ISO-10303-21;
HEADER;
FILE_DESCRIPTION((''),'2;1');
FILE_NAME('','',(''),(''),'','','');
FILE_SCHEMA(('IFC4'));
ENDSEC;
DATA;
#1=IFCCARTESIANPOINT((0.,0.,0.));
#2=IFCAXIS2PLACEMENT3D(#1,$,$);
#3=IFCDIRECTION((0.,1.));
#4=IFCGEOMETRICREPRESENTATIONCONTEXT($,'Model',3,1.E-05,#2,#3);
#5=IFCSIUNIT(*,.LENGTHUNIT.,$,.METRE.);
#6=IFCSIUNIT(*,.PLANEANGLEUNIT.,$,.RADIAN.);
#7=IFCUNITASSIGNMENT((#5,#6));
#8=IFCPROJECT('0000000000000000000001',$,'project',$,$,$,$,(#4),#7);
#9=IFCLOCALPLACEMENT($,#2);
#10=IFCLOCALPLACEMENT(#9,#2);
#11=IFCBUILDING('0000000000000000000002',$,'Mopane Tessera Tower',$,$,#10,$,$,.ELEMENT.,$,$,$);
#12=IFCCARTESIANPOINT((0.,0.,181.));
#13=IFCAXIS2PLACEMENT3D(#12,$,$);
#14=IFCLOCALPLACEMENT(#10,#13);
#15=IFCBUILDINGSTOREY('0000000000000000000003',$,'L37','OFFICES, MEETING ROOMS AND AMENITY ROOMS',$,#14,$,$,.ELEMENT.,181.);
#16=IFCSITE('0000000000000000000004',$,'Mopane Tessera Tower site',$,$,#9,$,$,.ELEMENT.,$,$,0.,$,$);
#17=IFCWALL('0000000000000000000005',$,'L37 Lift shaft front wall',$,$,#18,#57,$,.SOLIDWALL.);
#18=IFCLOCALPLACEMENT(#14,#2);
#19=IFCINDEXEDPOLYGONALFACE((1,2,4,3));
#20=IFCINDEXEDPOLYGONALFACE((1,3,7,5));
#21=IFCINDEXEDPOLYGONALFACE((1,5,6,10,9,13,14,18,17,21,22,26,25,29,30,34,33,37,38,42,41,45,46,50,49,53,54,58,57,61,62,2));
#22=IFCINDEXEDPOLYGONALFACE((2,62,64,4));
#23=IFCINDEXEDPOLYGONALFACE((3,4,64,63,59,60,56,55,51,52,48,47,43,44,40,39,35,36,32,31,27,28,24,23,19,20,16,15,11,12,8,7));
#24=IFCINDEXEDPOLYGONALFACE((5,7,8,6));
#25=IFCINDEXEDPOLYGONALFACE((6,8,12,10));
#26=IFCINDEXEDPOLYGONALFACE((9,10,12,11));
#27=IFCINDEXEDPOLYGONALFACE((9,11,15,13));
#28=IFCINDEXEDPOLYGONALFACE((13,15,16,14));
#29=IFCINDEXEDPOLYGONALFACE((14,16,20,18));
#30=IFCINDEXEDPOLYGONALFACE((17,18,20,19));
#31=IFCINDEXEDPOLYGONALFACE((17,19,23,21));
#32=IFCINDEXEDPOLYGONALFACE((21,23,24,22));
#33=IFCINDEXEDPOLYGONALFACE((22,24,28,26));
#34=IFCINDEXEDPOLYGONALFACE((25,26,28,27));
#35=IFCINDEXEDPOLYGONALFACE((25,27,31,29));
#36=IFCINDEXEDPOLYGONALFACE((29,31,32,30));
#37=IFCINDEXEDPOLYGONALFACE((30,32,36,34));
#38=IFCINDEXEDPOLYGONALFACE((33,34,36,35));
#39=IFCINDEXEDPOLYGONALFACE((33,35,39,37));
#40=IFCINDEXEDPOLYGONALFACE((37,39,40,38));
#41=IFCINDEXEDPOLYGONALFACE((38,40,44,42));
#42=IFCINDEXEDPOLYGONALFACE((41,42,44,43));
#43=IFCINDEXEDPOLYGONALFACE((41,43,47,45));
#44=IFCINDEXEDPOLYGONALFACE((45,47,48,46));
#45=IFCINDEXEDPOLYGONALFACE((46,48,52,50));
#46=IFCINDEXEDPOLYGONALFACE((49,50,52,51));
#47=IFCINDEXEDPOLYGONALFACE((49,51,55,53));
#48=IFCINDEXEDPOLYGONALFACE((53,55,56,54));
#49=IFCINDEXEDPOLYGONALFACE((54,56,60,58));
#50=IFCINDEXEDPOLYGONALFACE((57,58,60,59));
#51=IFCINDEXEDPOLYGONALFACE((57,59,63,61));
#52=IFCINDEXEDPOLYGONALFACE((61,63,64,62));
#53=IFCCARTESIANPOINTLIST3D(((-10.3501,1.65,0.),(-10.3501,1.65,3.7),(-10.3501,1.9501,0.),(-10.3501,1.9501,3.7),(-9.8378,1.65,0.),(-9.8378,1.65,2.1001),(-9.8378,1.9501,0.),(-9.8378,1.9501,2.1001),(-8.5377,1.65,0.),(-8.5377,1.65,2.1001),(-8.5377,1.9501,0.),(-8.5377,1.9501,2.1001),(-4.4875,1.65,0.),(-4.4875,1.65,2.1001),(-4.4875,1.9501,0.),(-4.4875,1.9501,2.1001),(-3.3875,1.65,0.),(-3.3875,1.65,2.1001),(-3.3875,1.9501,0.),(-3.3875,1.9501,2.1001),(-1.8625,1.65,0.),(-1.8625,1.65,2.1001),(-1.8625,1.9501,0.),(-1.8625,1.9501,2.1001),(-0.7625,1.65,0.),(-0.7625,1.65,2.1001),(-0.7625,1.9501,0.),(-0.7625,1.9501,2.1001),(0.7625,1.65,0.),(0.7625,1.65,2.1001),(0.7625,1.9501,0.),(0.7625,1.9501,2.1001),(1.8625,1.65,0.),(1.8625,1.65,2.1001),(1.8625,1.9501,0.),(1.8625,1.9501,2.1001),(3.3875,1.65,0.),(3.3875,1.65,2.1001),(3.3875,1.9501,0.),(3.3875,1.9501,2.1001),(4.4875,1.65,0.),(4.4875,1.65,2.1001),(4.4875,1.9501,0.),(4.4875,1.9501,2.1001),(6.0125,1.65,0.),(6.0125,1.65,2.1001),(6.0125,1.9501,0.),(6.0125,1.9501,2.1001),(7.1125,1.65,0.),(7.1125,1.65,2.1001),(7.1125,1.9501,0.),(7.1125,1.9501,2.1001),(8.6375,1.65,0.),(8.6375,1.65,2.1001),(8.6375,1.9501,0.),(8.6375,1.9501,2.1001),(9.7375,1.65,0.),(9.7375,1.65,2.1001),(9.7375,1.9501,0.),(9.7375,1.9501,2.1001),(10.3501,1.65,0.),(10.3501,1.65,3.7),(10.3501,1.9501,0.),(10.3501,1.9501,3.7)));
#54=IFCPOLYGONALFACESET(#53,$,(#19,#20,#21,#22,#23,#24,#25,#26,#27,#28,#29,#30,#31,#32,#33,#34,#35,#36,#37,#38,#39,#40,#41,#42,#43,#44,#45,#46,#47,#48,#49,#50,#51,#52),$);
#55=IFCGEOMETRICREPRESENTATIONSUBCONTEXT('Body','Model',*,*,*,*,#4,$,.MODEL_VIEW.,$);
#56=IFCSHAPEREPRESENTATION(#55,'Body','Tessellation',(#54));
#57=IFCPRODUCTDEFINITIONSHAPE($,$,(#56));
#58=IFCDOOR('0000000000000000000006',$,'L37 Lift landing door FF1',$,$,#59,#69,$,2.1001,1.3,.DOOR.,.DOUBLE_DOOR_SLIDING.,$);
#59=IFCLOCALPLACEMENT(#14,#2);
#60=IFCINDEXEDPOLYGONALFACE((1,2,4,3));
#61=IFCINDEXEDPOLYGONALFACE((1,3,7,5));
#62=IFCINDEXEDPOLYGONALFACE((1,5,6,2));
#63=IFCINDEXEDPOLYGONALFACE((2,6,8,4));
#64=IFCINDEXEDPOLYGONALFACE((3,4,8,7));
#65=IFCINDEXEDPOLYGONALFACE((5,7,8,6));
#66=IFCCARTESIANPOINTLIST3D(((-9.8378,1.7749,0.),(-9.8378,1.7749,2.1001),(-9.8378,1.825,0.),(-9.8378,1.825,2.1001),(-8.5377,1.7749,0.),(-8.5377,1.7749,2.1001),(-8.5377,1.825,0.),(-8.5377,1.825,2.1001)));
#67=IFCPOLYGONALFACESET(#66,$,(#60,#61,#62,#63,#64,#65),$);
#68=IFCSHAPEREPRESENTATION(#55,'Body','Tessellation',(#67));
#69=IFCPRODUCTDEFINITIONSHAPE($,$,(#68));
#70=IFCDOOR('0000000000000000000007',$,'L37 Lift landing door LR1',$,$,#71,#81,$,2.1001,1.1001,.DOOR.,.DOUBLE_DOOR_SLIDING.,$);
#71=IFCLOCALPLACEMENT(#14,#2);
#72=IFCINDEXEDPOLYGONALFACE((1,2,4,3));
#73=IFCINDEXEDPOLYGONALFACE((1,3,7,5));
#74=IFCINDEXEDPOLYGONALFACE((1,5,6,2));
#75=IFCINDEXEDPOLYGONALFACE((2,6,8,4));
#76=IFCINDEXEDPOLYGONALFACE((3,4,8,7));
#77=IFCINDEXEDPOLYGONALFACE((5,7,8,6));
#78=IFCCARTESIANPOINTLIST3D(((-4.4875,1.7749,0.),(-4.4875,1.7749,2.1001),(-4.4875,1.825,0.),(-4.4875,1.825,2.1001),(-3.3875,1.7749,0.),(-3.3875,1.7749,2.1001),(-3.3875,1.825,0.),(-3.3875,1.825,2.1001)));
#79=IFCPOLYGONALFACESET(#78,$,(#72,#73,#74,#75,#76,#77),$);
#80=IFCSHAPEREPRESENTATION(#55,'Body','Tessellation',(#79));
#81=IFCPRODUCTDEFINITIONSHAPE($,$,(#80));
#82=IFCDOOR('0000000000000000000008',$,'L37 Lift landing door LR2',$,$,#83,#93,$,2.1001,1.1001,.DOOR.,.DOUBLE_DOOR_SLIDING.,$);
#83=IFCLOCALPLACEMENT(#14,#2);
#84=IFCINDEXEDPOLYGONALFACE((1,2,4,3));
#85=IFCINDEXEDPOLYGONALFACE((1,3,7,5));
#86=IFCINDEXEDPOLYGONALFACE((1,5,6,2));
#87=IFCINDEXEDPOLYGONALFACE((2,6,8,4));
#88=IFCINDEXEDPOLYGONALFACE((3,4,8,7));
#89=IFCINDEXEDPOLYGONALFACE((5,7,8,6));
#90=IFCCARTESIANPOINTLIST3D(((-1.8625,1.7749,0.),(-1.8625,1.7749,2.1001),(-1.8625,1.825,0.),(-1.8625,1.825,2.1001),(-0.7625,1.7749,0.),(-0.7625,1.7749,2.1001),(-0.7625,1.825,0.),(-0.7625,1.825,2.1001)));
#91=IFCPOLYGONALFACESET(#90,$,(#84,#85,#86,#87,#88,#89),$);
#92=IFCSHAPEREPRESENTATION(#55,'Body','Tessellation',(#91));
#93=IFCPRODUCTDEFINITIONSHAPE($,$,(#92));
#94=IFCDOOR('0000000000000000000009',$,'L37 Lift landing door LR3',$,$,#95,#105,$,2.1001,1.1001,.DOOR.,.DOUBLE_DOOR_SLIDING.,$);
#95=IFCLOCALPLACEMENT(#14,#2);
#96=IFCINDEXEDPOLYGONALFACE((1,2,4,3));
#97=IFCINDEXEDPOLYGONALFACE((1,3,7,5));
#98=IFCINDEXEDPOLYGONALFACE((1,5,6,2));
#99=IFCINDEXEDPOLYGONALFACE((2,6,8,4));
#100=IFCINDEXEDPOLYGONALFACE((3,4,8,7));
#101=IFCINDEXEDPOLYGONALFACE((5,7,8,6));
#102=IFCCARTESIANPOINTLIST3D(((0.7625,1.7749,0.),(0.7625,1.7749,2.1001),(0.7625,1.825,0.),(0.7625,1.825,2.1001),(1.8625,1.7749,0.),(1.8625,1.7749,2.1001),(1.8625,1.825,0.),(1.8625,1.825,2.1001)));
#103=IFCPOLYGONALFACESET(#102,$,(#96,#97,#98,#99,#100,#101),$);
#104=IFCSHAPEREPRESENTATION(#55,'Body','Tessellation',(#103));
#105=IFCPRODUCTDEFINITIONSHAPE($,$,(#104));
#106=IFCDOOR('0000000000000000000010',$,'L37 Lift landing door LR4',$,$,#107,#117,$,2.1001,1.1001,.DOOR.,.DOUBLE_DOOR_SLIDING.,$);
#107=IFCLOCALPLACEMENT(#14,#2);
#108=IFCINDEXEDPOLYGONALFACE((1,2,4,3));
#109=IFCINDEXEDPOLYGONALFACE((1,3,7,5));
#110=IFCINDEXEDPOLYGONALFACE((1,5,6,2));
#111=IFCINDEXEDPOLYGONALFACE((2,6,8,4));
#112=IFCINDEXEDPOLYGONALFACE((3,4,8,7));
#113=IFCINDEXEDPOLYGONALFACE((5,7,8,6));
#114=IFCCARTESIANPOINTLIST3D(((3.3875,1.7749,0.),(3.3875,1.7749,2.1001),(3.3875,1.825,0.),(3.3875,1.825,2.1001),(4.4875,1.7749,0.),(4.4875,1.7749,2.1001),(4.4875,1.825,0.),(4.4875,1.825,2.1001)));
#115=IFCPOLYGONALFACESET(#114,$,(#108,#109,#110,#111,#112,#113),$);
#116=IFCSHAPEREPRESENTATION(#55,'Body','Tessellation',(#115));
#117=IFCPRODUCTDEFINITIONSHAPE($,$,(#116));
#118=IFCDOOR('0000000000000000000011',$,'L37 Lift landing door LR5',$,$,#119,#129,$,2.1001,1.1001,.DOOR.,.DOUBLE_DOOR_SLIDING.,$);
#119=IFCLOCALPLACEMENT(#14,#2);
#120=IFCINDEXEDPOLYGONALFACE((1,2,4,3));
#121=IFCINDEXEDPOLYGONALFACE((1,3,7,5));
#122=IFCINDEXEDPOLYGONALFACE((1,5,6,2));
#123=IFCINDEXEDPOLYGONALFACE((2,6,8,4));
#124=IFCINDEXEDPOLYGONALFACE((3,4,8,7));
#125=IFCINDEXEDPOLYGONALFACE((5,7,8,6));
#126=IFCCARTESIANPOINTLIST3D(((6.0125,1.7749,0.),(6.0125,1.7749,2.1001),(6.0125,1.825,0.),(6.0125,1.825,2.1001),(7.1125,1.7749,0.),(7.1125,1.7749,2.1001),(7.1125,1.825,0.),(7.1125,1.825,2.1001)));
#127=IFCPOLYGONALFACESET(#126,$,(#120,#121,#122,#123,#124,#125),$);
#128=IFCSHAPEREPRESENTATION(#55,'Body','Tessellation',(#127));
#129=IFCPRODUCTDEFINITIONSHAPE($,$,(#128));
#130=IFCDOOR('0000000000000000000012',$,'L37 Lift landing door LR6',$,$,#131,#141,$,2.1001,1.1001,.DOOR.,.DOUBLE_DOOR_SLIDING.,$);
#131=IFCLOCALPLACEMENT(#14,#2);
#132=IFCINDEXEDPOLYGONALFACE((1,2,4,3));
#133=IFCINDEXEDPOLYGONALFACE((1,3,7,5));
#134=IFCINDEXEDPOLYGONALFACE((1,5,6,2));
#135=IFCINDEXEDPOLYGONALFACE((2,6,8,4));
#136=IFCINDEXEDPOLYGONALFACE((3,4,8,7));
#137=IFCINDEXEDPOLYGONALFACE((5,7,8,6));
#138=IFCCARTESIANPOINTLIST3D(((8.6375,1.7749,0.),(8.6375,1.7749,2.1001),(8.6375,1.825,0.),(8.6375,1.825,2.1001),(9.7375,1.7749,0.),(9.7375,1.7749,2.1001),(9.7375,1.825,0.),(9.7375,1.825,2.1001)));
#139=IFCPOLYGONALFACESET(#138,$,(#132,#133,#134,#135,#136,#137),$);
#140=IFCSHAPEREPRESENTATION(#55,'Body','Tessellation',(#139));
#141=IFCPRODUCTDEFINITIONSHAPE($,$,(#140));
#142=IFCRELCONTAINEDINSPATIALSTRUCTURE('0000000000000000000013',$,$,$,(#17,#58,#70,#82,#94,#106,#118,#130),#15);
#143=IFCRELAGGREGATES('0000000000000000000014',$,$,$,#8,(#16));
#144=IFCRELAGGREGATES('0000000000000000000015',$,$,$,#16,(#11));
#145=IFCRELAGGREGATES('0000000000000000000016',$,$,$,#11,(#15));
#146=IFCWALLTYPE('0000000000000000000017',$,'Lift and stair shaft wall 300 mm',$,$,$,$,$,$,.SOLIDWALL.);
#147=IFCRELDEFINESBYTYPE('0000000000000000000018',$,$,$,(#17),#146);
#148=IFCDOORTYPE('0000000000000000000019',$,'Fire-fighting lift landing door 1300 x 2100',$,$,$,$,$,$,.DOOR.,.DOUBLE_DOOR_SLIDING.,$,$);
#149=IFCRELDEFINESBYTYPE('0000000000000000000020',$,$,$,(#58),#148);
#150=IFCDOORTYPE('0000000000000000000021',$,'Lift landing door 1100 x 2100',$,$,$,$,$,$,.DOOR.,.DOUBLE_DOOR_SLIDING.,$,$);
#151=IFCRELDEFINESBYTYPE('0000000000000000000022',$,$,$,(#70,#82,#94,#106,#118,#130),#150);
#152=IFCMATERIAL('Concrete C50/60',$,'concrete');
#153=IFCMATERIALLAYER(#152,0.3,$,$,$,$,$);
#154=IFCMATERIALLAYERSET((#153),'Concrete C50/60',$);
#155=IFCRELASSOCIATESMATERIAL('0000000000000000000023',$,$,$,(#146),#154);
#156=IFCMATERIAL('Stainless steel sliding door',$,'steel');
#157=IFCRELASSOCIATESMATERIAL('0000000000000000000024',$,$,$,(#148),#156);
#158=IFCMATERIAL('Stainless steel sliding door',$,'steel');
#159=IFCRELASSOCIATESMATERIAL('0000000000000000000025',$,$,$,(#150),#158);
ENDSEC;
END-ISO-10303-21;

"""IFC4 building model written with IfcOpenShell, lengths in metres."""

from ifc_helpers import new_model, si_unit, direction, frame, frame_2d, origin, place, context, subcontext, project, spatial, rectangle, extrude, material, layer, layer_set, type_object, element, fill, save


model = new_model("IFC4")

# Units and contexts
model_context = context("Model", 3, precision=1e-05, world=origin(), true_north=direction((0.0, 1.0)))
body_context = subcontext(model_context, "Body", "Model", "MODEL_VIEW")
ifc_project = project(units=[si_unit("LENGTHUNIT", "METRE"), si_unit("PLANEANGLEUNIT", "RADIAN")], contexts=[model_context])

# Site, building, storey
site_placement = place(None, origin())
site = spatial("IfcSite", under=ifc_project, at=site_placement, Name="Mopane Tessera Tower site", CompositionType="ELEMENT", RefElevation=0.0)
building_placement = place(site_placement, origin())
building = spatial("IfcBuilding", under=site, at=building_placement, Name="Mopane Tessera Tower", CompositionType="ELEMENT")
storey_placement = place(building_placement, frame((0.0, 0.0, 181.0)))
storey = spatial("IfcBuildingStorey", under=building, at=storey_placement, Name="L37", Description="OFFICES, MEETING ROOMS AND AMENITY ROOMS", CompositionType="ELEMENT", Elevation=181.0)

# Shared definitions
ifc_material_1 = material(Name="Concrete C50/60", Category="concrete")
ifc_layer_1 = layer(ifc_material_1, 0.3)
ifc_layer_set_1 = layer_set([ifc_layer_1], Name="Concrete C50/60")
wall_type_1 = type_object("IfcWallType", Name="Lift and stair shaft wall 300 mm", PredefinedType="SOLIDWALL", material=ifc_layer_set_1)

# Wall, openings, doors
wall_1_placement = place(storey_placement, frame((-10.3501, 1.8, 0.0), z_axis=(0.0, 0.0, 1.0), x_axis=(1.0, 0.0, 0.0)))
wall_1 = element("IfcWall", 1, at=wall_1_placement, inside=storey, type_object=wall_type_1, Name="L37 Lift shaft front wall", PredefinedType="SOLIDWALL", context=body_context, shape_type="SweptSolid", body=[
    extrude(rectangle(XDim=20.7002, YDim=0.3, at=frame_2d((10.3501, 0.0))), origin(), (0.0, 0.0, 1.0), 3.7),
])
opening_1_placement = place(wall_1_placement, frame((0.5125, 0.0, 0.0)))
opening_1 = element("IfcOpeningElement", 2, at=opening_1_placement, cuts=wall_1, PredefinedType="OPENING", context=body_context, shape_type="SweptSolid", body=[
    extrude(rectangle(XDim=1.3, YDim=2.1001, at=frame_2d((0.6499, 1.05))), frame((0.0, 0.1621, 0.0), z_axis=(0.0, -1.0, 0.0), x_axis=(1.0, 0.0, 0.0)), (0.0, 0.0, 1.0), 0.324),
])
opening_2_placement = place(wall_1_placement, frame((5.8625, 0.0, 0.0)))
opening_2 = element("IfcOpeningElement", 3, at=opening_2_placement, cuts=wall_1, PredefinedType="OPENING", context=body_context, shape_type="SweptSolid", body=[
    extrude(rectangle(XDim=1.1001, YDim=2.1001, at=frame_2d((0.55, 1.05))), frame((0.0, 0.1621, 0.0), z_axis=(0.0, -1.0, 0.0), x_axis=(1.0, 0.0, 0.0)), (0.0, 0.0, 1.0), 0.324),
])
opening_3_placement = place(wall_1_placement, frame((8.4875, 0.0, 0.0)))
opening_3 = element("IfcOpeningElement", 4, at=opening_3_placement, cuts=wall_1, PredefinedType="OPENING", context=body_context, shape_type="SweptSolid", body=[
    extrude(rectangle(XDim=1.1001, YDim=2.1001, at=frame_2d((0.55, 1.05))), frame((0.0, 0.1621, 0.0), z_axis=(0.0, -1.0, 0.0), x_axis=(1.0, 0.0, 0.0)), (0.0, 0.0, 1.0), 0.324),
])
opening_4_placement = place(wall_1_placement, frame((11.1125, 0.0, 0.0)))
opening_4 = element("IfcOpeningElement", 5, at=opening_4_placement, cuts=wall_1, PredefinedType="OPENING", context=body_context, shape_type="SweptSolid", body=[
    extrude(rectangle(XDim=1.1001, YDim=2.1001, at=frame_2d((0.55, 1.05))), frame((0.0, 0.1621, 0.0), z_axis=(0.0, -1.0, 0.0), x_axis=(1.0, 0.0, 0.0)), (0.0, 0.0, 1.0), 0.324),
])
opening_5_placement = place(wall_1_placement, frame((13.7375, 0.0, 0.0)))
opening_5 = element("IfcOpeningElement", 6, at=opening_5_placement, cuts=wall_1, PredefinedType="OPENING", context=body_context, shape_type="SweptSolid", body=[
    extrude(rectangle(XDim=1.1001, YDim=2.1001, at=frame_2d((0.55, 1.05))), frame((0.0, 0.1621, 0.0), z_axis=(0.0, -1.0, 0.0), x_axis=(1.0, 0.0, 0.0)), (0.0, 0.0, 1.0), 0.324),
])
opening_6_placement = place(wall_1_placement, frame((16.3625, 0.0, 0.0)))
opening_6 = element("IfcOpeningElement", 7, at=opening_6_placement, cuts=wall_1, PredefinedType="OPENING", context=body_context, shape_type="SweptSolid", body=[
    extrude(rectangle(XDim=1.1001, YDim=2.1001, at=frame_2d((0.55, 1.05))), frame((0.0, 0.1621, 0.0), z_axis=(0.0, -1.0, 0.0), x_axis=(1.0, 0.0, 0.0)), (0.0, 0.0, 1.0), 0.324),
])
opening_7_placement = place(wall_1_placement, frame((18.9875, 0.0, 0.0)))
opening_7 = element("IfcOpeningElement", 8, at=opening_7_placement, cuts=wall_1, PredefinedType="OPENING", context=body_context, shape_type="SweptSolid", body=[
    extrude(rectangle(XDim=1.1001, YDim=2.1001, at=frame_2d((0.55, 1.05))), frame((0.0, 0.1621, 0.0), z_axis=(0.0, -1.0, 0.0), x_axis=(1.0, 0.0, 0.0)), (0.0, 0.0, 1.0), 0.324),
])
ifc_material_2 = material(Name="Stainless steel sliding door", Category="steel")
door_type_1 = type_object("IfcDoorType", Name="Fire-fighting lift landing door 1300 x 2100", OperationType="DOUBLE_DOOR_SLIDING", PredefinedType="DOOR", material=ifc_material_2)
door_1_placement = place(opening_1_placement, origin())
door_1 = element("IfcDoor", 9, at=door_1_placement, inside=storey, type_object=door_type_1, Name="L37 Lift landing door FF1", OperationType="DOUBLE_DOOR_SLIDING", OverallHeight=2.1001, OverallWidth=1.3, PredefinedType="DOOR", context=body_context, shape_type="SweptSolid", body=[
    extrude(rectangle(XDim=1.3, YDim=2.1001, at=frame_2d((0.6499, 1.05))), frame((0.0, 0.0249, 0.0), z_axis=(0.0, -1.0, 0.0), x_axis=(1.0, 0.0, 0.0)), (0.0, 0.0, 1.0), 0.05),
])
fill(opening_1, door_1)
ifc_material_3 = material(Name="Stainless steel sliding door", Category="steel")
door_type_2 = type_object("IfcDoorType", Name="Lift landing door 1100 x 2100", OperationType="DOUBLE_DOOR_SLIDING", PredefinedType="DOOR", material=ifc_material_3)
door_2_placement = place(opening_2_placement, origin())
door_2 = element("IfcDoor", 10, at=door_2_placement, inside=storey, type_object=door_type_2, Name="L37 Lift landing door LR1", OperationType="DOUBLE_DOOR_SLIDING", OverallHeight=2.1001, OverallWidth=1.1001, PredefinedType="DOOR", context=body_context, shape_type="SweptSolid", body=[
    extrude(rectangle(XDim=1.1001, YDim=2.1001, at=frame_2d((0.55, 1.05))), frame((0.0, 0.0249, 0.0), z_axis=(0.0, -1.0, 0.0), x_axis=(1.0, 0.0, 0.0)), (0.0, 0.0, 1.0), 0.05),
])
fill(opening_2, door_2)
door_3_placement = place(opening_3_placement, origin())
door_3 = element("IfcDoor", 11, at=door_3_placement, inside=storey, type_object=door_type_2, Name="L37 Lift landing door LR2", OperationType="DOUBLE_DOOR_SLIDING", OverallHeight=2.1001, OverallWidth=1.1001, PredefinedType="DOOR", context=body_context, shape_type="SweptSolid", body=[
    extrude(rectangle(XDim=1.1001, YDim=2.1001, at=frame_2d((0.55, 1.05))), frame((0.0, 0.0249, 0.0), z_axis=(0.0, -1.0, 0.0), x_axis=(1.0, 0.0, 0.0)), (0.0, 0.0, 1.0), 0.05),
])
fill(opening_3, door_3)
door_4_placement = place(opening_4_placement, origin())
door_4 = element("IfcDoor", 12, at=door_4_placement, inside=storey, type_object=door_type_2, Name="L37 Lift landing door LR3", OperationType="DOUBLE_DOOR_SLIDING", OverallHeight=2.1001, OverallWidth=1.1001, PredefinedType="DOOR", context=body_context, shape_type="SweptSolid", body=[
    extrude(rectangle(XDim=1.1001, YDim=2.1001, at=frame_2d((0.55, 1.05))), frame((0.0, 0.0249, 0.0), z_axis=(0.0, -1.0, 0.0), x_axis=(1.0, 0.0, 0.0)), (0.0, 0.0, 1.0), 0.05),
])
fill(opening_4, door_4)
door_5_placement = place(opening_5_placement, origin())
door_5 = element("IfcDoor", 13, at=door_5_placement, inside=storey, type_object=door_type_2, Name="L37 Lift landing door LR4", OperationType="DOUBLE_DOOR_SLIDING", OverallHeight=2.1001, OverallWidth=1.1001, PredefinedType="DOOR", context=body_context, shape_type="SweptSolid", body=[
    extrude(rectangle(XDim=1.1001, YDim=2.1001, at=frame_2d((0.55, 1.05))), frame((0.0, 0.0249, 0.0), z_axis=(0.0, -1.0, 0.0), x_axis=(1.0, 0.0, 0.0)), (0.0, 0.0, 1.0), 0.05),
])
fill(opening_5, door_5)
door_6_placement = place(opening_6_placement, origin())
door_6 = element("IfcDoor", 14, at=door_6_placement, inside=storey, type_object=door_type_2, Name="L37 Lift landing door LR5", OperationType="DOUBLE_DOOR_SLIDING", OverallHeight=2.1001, OverallWidth=1.1001, PredefinedType="DOOR", context=body_context, shape_type="SweptSolid", body=[
    extrude(rectangle(XDim=1.1001, YDim=2.1001, at=frame_2d((0.55, 1.05))), frame((0.0, 0.0249, 0.0), z_axis=(0.0, -1.0, 0.0), x_axis=(1.0, 0.0, 0.0)), (0.0, 0.0, 1.0), 0.05),
])
fill(opening_6, door_6)
door_7_placement = place(opening_7_placement, origin())
door_7 = element("IfcDoor", 15, at=door_7_placement, inside=storey, type_object=door_type_2, Name="L37 Lift landing door LR6", OperationType="DOUBLE_DOOR_SLIDING", OverallHeight=2.1001, OverallWidth=1.1001, PredefinedType="DOOR", context=body_context, shape_type="SweptSolid", body=[
    extrude(rectangle(XDim=1.1001, YDim=2.1001, at=frame_2d((0.55, 1.05))), frame((0.0, 0.0249, 0.0), z_axis=(0.0, -1.0, 0.0), x_axis=(1.0, 0.0, 0.0)), (0.0, 0.0, 1.0), 0.05),
])
fill(opening_7, door_7)

save(model, "model.ifc")
